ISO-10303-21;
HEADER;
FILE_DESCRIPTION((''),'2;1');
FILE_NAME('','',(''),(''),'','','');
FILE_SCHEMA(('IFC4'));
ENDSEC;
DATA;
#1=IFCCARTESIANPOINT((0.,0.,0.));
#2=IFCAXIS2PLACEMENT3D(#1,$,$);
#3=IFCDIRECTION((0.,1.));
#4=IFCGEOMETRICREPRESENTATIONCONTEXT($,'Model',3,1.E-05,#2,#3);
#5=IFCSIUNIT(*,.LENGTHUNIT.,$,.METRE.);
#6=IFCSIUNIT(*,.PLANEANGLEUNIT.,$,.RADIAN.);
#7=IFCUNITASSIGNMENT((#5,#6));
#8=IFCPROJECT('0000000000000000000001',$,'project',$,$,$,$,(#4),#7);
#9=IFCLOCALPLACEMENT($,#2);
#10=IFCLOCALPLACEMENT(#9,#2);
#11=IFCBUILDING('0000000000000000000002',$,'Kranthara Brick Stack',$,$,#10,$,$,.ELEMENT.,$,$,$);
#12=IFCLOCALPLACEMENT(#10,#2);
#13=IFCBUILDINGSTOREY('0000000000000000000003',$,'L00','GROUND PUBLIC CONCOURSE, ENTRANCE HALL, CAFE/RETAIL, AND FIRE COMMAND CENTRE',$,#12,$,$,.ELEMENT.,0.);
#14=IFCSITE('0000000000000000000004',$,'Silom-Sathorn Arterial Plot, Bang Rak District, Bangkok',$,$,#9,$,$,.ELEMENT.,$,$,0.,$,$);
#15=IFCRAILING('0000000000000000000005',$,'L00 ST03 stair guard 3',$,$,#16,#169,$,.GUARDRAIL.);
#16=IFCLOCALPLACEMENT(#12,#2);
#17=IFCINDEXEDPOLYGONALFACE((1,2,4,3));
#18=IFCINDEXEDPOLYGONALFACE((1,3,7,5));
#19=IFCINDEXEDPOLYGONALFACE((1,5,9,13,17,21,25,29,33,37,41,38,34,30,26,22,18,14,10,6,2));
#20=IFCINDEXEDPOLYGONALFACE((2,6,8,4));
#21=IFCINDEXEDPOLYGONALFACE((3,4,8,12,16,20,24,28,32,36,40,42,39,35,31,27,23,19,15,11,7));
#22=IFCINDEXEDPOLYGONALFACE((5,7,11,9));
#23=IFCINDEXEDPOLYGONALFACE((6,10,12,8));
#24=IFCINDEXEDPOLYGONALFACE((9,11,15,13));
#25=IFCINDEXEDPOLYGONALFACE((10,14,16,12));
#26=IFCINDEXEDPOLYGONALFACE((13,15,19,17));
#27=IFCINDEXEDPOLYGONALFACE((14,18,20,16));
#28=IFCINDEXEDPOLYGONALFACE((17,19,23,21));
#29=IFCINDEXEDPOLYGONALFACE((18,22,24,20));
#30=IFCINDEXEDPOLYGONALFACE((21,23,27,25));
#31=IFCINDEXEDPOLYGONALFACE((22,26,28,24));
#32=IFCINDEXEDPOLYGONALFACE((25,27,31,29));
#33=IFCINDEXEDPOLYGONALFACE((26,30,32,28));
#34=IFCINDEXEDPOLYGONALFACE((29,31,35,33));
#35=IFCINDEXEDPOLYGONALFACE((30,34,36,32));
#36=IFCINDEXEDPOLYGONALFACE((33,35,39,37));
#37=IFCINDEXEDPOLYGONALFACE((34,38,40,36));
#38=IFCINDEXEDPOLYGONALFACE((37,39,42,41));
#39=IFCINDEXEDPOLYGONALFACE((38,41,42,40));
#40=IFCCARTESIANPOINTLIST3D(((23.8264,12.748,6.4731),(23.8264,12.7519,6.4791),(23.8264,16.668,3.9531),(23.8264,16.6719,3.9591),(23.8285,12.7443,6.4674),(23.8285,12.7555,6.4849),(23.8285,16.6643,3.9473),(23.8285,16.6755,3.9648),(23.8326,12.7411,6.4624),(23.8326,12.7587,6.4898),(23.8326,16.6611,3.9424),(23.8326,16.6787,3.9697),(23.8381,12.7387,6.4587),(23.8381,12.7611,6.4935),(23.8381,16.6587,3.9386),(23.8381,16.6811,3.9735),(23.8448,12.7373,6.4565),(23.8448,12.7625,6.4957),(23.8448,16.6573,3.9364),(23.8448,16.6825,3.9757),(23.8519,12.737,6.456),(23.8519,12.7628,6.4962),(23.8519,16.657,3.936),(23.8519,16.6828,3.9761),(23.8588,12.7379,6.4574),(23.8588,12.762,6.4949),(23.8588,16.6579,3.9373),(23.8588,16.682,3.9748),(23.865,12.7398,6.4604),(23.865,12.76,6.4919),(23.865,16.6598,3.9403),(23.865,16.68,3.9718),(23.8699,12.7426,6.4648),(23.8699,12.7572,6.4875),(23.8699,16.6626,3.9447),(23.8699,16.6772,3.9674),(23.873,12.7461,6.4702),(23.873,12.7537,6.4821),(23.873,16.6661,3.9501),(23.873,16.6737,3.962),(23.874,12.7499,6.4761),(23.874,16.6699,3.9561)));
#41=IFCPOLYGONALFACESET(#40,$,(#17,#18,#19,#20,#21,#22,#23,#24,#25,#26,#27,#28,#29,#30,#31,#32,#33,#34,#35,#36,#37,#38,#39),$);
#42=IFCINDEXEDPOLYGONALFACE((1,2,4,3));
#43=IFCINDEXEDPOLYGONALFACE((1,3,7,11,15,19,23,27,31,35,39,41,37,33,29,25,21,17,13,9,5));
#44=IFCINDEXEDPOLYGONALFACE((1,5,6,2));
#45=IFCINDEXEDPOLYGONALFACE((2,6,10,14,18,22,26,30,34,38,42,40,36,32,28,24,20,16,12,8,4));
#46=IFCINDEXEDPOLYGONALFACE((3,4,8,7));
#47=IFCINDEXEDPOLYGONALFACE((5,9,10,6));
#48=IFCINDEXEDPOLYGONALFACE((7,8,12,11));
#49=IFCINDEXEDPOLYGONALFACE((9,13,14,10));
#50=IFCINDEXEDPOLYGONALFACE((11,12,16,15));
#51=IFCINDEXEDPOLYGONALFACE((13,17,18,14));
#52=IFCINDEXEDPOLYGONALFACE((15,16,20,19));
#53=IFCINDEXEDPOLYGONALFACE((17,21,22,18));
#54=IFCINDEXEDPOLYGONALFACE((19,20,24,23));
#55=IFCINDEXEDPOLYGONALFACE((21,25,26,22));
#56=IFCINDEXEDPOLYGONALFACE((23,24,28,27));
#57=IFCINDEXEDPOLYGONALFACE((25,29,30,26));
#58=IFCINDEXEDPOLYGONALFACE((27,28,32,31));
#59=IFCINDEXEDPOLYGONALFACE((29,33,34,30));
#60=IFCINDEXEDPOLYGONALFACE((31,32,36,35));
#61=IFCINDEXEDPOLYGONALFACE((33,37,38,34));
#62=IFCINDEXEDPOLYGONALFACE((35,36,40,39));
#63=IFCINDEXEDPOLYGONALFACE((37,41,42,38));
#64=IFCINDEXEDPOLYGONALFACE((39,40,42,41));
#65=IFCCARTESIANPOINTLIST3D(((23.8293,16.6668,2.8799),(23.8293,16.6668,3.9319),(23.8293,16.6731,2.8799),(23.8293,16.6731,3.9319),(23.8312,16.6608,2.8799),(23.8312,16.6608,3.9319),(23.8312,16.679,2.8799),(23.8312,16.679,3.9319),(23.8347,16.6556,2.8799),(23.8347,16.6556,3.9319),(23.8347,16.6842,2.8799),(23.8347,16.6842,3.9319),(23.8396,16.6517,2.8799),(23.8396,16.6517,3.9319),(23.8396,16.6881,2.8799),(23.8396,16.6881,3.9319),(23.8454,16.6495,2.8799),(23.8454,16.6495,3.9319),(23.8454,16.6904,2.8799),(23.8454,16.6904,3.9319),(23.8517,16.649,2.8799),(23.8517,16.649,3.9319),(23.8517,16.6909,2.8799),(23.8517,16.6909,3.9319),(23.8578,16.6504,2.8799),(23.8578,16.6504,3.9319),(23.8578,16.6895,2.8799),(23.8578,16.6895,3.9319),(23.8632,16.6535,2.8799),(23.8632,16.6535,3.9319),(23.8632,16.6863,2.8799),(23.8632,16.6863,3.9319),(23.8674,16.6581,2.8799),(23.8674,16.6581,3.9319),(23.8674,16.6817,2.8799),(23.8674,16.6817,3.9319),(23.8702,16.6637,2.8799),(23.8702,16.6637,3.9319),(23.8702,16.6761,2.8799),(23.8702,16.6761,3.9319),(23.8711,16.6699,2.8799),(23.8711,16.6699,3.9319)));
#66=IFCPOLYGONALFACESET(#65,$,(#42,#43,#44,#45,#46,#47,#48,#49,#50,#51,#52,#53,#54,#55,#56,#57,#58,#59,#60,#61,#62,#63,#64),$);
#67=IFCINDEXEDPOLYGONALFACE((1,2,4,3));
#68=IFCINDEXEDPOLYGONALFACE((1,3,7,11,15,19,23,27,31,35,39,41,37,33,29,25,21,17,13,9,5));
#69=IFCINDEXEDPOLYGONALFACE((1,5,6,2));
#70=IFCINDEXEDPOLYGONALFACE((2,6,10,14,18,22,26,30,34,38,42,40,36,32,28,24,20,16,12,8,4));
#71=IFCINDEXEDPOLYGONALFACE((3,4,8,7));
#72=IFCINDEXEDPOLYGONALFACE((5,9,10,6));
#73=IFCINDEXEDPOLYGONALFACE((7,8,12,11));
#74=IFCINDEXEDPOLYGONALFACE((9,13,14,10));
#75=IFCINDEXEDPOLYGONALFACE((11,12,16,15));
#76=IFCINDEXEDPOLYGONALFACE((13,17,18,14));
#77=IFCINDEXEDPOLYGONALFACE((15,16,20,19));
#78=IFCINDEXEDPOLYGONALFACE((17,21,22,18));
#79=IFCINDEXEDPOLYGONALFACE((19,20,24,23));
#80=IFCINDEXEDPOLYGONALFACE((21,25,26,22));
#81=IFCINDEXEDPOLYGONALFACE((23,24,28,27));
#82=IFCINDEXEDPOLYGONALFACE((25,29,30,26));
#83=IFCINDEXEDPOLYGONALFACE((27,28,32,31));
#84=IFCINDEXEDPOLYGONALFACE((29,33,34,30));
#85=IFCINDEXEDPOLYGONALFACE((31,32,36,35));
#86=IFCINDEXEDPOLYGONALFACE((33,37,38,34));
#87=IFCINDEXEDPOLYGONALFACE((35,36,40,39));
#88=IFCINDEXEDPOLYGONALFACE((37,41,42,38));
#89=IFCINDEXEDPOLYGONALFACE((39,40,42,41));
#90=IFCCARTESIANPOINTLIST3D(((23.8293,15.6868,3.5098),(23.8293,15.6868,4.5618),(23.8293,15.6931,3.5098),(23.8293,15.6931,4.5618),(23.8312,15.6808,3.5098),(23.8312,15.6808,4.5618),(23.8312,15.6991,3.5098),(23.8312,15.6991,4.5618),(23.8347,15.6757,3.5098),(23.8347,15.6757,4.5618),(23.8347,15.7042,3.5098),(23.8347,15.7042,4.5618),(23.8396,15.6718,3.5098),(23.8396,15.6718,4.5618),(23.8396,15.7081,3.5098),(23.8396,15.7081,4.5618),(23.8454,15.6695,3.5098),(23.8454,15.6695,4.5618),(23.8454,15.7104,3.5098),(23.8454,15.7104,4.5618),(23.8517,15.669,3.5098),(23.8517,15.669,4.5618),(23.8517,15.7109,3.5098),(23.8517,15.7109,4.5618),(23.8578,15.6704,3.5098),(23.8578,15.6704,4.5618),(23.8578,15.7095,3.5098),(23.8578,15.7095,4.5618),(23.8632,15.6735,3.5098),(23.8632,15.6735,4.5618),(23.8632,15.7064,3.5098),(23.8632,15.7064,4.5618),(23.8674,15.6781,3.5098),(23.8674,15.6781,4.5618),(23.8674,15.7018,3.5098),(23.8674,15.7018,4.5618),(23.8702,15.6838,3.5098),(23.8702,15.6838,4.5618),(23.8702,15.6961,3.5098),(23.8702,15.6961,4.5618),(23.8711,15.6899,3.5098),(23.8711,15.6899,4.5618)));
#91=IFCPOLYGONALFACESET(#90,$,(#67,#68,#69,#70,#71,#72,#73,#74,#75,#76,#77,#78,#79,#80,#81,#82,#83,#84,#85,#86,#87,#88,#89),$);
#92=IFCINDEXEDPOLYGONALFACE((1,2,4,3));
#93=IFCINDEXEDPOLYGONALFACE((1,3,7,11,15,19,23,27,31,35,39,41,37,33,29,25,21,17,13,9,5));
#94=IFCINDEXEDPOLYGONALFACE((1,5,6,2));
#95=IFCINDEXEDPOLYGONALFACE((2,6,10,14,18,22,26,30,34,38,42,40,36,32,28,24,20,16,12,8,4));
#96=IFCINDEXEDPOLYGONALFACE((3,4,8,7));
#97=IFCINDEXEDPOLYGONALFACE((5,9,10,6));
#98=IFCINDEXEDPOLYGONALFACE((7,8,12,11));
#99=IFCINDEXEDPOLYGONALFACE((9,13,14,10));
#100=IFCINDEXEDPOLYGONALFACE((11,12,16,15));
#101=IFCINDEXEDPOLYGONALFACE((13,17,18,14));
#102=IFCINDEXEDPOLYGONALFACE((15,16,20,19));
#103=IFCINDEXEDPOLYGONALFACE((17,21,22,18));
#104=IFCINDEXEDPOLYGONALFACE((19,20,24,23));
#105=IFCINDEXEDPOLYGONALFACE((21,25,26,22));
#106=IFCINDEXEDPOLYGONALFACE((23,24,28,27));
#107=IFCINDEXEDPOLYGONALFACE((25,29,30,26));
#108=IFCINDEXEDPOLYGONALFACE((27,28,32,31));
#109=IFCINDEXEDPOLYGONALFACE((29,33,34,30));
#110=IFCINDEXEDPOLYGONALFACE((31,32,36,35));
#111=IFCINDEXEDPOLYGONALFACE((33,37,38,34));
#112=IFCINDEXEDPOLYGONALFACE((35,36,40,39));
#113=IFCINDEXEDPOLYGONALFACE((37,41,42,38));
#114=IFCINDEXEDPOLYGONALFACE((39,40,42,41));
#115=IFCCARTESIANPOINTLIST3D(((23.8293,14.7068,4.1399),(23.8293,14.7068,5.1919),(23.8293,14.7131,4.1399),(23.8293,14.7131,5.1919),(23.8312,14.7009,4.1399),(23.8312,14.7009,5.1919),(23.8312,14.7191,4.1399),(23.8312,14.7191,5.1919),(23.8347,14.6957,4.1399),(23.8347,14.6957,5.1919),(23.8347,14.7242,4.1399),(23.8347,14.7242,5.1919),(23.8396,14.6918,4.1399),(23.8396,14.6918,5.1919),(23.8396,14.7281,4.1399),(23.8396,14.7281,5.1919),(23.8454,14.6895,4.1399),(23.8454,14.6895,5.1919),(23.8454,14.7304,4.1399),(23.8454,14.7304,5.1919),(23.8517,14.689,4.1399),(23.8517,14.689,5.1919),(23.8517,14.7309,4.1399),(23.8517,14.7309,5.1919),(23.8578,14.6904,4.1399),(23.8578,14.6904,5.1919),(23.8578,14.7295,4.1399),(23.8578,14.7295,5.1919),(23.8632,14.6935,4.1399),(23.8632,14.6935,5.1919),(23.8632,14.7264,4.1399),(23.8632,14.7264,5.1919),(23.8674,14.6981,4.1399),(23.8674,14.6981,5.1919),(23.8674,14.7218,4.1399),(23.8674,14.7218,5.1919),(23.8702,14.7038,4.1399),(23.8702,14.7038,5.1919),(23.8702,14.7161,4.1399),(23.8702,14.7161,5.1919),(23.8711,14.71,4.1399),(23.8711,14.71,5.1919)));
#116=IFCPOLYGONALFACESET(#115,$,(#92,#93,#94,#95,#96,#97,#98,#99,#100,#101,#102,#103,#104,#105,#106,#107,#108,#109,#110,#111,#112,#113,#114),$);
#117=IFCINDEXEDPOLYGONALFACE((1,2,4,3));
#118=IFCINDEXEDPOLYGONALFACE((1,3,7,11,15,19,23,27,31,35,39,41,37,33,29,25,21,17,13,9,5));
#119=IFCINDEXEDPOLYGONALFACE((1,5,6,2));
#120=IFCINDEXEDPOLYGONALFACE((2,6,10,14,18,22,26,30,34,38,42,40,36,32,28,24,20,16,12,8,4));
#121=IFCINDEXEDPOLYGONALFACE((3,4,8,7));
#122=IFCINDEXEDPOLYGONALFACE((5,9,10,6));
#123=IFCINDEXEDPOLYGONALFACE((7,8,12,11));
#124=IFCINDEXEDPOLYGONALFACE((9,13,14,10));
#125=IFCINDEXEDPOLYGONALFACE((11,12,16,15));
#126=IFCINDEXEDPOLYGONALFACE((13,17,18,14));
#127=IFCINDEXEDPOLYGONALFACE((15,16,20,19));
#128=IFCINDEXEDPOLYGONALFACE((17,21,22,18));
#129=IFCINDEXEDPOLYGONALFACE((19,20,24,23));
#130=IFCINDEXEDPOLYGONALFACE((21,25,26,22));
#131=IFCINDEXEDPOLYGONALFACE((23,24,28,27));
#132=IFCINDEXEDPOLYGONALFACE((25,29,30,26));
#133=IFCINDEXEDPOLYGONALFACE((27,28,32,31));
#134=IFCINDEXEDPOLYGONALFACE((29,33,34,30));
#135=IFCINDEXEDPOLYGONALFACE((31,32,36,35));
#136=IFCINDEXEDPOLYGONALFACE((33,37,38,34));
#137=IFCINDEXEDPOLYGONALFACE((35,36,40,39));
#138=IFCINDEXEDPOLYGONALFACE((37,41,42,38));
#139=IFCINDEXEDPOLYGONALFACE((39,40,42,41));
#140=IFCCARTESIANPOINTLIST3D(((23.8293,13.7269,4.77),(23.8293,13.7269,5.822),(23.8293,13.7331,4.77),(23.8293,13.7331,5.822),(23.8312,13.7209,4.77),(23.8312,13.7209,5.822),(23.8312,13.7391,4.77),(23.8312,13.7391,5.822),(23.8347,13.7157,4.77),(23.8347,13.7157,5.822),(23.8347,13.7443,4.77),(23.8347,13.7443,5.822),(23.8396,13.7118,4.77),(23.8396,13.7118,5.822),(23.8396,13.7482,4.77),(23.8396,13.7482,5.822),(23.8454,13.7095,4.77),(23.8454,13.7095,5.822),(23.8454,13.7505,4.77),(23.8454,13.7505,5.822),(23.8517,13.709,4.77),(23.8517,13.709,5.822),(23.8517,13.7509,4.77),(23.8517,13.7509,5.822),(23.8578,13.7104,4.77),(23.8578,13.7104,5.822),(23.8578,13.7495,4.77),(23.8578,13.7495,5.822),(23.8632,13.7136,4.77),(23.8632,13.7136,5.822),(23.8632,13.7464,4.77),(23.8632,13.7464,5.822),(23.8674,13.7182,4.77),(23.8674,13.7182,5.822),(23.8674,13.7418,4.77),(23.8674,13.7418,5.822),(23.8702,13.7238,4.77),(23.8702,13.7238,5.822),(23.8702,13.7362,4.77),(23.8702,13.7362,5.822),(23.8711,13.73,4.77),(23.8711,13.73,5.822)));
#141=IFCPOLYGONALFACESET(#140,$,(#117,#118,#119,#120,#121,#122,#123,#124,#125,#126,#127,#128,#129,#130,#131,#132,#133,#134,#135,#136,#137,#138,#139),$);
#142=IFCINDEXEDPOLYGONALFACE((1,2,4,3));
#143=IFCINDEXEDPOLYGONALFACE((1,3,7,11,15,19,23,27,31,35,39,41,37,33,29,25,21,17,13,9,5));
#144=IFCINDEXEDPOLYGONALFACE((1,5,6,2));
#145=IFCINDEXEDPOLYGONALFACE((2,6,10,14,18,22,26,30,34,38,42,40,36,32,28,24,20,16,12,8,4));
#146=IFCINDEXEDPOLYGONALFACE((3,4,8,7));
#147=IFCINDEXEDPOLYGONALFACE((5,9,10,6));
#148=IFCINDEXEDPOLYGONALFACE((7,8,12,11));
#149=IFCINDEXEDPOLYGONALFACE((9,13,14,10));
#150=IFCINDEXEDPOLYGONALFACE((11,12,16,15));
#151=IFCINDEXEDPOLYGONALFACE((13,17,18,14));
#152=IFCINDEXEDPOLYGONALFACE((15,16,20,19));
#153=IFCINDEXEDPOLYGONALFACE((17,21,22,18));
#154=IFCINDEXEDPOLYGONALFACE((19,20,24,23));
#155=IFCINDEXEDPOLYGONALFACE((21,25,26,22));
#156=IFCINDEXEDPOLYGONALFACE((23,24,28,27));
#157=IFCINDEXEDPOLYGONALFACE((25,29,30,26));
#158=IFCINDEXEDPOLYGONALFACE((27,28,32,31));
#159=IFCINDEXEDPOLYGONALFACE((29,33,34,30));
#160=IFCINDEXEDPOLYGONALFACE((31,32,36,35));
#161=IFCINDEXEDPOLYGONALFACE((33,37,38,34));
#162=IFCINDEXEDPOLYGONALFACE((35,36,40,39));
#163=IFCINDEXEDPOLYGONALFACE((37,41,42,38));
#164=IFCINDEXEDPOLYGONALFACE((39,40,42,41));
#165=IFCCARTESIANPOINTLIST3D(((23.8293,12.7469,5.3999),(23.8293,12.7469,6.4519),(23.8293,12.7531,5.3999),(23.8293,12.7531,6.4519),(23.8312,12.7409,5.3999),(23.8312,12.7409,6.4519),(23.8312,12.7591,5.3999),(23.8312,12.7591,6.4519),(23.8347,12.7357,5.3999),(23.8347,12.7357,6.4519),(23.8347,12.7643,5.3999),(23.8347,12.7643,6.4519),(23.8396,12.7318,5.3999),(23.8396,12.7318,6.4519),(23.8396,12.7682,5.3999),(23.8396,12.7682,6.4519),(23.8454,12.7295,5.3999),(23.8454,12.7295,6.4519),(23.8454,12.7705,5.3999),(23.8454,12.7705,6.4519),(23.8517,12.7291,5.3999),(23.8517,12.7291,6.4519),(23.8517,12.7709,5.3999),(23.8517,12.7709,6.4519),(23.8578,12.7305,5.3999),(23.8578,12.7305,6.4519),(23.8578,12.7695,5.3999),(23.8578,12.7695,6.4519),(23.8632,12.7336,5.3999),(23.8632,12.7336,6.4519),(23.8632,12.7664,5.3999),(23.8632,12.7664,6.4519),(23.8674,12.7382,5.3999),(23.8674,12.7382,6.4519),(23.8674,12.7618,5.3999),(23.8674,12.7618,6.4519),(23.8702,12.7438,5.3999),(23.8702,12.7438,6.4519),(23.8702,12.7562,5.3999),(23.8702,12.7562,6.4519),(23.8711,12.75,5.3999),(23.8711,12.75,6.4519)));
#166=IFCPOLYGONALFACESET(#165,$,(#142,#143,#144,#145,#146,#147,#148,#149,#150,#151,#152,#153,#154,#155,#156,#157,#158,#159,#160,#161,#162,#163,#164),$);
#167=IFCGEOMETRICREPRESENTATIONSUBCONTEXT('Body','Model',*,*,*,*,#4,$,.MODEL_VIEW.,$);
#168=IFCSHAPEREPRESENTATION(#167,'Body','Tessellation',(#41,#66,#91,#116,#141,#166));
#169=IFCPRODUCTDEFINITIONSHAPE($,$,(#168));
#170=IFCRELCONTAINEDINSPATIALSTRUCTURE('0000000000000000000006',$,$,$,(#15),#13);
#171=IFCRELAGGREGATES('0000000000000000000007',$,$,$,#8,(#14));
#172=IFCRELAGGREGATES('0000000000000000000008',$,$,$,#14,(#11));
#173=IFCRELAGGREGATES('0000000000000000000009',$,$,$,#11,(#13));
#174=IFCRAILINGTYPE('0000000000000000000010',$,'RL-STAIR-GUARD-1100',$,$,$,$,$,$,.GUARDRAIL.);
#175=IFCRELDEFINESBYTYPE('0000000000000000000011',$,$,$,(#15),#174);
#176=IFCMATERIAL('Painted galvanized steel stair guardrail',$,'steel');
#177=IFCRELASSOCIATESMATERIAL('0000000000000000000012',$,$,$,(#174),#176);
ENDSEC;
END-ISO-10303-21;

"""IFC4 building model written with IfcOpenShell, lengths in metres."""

from ifc_helpers import new_model, si_unit, direction, frame, origin, origin_2d, place, context, subcontext, project, spatial, circle, extrude, material, type_object, element, save


model = new_model("IFC4")

# Units and contexts
model_context = context("Model", 3, precision=1e-05, world=origin(), true_north=direction((0.0, 1.0)))
body_context = subcontext(model_context, "Body", "Model", "MODEL_VIEW")
ifc_project = project(units=[si_unit("LENGTHUNIT", "METRE"), si_unit("PLANEANGLEUNIT", "RADIAN")], contexts=[model_context])

# Site, building, storey
site_placement = place(None, origin())
site = spatial("IfcSite", under=ifc_project, at=site_placement, Name="Silom-Sathorn Arterial Plot, Bang Rak District, Bangkok", CompositionType="ELEMENT", RefElevation=0.0)
building_placement = place(site_placement, origin())
building = spatial("IfcBuilding", under=site, at=building_placement, Name="Kranthara Brick Stack", CompositionType="ELEMENT")
storey_placement = place(building_placement, origin())
storey = spatial("IfcBuildingStorey", under=building, at=storey_placement, Name="L00", Description="GROUND PUBLIC CONCOURSE, ENTRANCE HALL, CAFE/RETAIL, AND FIRE COMMAND CENTRE", CompositionType="ELEMENT", Elevation=0.0)

# Railing
ifc_material_1 = material(Name="Painted galvanized steel stair guardrail", Category="steel")
railing_type_1 = type_object("IfcRailingType", Name="RL-STAIR-GUARD-1100", PredefinedType="GUARDRAIL", material=ifc_material_1)
railing_1_placement = place(storey_placement, frame((23.8501, 16.6699, 2.8799)))
element("IfcRailing", 1, at=railing_1_placement, inside=storey, type_object=railing_type_1, Name="L00 ST03 stair guard 3", PredefinedType="GUARDRAIL", context=body_context, shape_type="SweptSolid", body=[
    extrude(circle(Radius=0.0239, at=origin_2d()), frame((0.0, 0.0, 1.0762), z_axis=(0.0, -0.841172, 0.540768), x_axis=(1.0, 0.0, 0.0)), (0.0, 0.0, 1.0), 4.6602),
    extrude(circle(Radius=0.021, at=origin_2d()), origin(), (0.0, 0.0, 1.0), 1.052),
    extrude(circle(Radius=0.021, at=origin_2d()), frame((0.0, -0.98, 0.6299)), (0.0, 0.0, 1.0), 1.052),
    extrude(circle(Radius=0.021, at=origin_2d()), frame((0.0, -1.96, 1.26)), (0.0, 0.0, 1.0), 1.052),
    extrude(circle(Radius=0.021, at=origin_2d()), frame((0.0, -2.9399, 1.8901)), (0.0, 0.0, 1.0), 1.052),
    extrude(circle(Radius=0.021, at=origin_2d()), frame((0.0, -3.9199, 2.52)), (0.0, 0.0, 1.0), 1.052),
])

save(model, "model.ifc")
